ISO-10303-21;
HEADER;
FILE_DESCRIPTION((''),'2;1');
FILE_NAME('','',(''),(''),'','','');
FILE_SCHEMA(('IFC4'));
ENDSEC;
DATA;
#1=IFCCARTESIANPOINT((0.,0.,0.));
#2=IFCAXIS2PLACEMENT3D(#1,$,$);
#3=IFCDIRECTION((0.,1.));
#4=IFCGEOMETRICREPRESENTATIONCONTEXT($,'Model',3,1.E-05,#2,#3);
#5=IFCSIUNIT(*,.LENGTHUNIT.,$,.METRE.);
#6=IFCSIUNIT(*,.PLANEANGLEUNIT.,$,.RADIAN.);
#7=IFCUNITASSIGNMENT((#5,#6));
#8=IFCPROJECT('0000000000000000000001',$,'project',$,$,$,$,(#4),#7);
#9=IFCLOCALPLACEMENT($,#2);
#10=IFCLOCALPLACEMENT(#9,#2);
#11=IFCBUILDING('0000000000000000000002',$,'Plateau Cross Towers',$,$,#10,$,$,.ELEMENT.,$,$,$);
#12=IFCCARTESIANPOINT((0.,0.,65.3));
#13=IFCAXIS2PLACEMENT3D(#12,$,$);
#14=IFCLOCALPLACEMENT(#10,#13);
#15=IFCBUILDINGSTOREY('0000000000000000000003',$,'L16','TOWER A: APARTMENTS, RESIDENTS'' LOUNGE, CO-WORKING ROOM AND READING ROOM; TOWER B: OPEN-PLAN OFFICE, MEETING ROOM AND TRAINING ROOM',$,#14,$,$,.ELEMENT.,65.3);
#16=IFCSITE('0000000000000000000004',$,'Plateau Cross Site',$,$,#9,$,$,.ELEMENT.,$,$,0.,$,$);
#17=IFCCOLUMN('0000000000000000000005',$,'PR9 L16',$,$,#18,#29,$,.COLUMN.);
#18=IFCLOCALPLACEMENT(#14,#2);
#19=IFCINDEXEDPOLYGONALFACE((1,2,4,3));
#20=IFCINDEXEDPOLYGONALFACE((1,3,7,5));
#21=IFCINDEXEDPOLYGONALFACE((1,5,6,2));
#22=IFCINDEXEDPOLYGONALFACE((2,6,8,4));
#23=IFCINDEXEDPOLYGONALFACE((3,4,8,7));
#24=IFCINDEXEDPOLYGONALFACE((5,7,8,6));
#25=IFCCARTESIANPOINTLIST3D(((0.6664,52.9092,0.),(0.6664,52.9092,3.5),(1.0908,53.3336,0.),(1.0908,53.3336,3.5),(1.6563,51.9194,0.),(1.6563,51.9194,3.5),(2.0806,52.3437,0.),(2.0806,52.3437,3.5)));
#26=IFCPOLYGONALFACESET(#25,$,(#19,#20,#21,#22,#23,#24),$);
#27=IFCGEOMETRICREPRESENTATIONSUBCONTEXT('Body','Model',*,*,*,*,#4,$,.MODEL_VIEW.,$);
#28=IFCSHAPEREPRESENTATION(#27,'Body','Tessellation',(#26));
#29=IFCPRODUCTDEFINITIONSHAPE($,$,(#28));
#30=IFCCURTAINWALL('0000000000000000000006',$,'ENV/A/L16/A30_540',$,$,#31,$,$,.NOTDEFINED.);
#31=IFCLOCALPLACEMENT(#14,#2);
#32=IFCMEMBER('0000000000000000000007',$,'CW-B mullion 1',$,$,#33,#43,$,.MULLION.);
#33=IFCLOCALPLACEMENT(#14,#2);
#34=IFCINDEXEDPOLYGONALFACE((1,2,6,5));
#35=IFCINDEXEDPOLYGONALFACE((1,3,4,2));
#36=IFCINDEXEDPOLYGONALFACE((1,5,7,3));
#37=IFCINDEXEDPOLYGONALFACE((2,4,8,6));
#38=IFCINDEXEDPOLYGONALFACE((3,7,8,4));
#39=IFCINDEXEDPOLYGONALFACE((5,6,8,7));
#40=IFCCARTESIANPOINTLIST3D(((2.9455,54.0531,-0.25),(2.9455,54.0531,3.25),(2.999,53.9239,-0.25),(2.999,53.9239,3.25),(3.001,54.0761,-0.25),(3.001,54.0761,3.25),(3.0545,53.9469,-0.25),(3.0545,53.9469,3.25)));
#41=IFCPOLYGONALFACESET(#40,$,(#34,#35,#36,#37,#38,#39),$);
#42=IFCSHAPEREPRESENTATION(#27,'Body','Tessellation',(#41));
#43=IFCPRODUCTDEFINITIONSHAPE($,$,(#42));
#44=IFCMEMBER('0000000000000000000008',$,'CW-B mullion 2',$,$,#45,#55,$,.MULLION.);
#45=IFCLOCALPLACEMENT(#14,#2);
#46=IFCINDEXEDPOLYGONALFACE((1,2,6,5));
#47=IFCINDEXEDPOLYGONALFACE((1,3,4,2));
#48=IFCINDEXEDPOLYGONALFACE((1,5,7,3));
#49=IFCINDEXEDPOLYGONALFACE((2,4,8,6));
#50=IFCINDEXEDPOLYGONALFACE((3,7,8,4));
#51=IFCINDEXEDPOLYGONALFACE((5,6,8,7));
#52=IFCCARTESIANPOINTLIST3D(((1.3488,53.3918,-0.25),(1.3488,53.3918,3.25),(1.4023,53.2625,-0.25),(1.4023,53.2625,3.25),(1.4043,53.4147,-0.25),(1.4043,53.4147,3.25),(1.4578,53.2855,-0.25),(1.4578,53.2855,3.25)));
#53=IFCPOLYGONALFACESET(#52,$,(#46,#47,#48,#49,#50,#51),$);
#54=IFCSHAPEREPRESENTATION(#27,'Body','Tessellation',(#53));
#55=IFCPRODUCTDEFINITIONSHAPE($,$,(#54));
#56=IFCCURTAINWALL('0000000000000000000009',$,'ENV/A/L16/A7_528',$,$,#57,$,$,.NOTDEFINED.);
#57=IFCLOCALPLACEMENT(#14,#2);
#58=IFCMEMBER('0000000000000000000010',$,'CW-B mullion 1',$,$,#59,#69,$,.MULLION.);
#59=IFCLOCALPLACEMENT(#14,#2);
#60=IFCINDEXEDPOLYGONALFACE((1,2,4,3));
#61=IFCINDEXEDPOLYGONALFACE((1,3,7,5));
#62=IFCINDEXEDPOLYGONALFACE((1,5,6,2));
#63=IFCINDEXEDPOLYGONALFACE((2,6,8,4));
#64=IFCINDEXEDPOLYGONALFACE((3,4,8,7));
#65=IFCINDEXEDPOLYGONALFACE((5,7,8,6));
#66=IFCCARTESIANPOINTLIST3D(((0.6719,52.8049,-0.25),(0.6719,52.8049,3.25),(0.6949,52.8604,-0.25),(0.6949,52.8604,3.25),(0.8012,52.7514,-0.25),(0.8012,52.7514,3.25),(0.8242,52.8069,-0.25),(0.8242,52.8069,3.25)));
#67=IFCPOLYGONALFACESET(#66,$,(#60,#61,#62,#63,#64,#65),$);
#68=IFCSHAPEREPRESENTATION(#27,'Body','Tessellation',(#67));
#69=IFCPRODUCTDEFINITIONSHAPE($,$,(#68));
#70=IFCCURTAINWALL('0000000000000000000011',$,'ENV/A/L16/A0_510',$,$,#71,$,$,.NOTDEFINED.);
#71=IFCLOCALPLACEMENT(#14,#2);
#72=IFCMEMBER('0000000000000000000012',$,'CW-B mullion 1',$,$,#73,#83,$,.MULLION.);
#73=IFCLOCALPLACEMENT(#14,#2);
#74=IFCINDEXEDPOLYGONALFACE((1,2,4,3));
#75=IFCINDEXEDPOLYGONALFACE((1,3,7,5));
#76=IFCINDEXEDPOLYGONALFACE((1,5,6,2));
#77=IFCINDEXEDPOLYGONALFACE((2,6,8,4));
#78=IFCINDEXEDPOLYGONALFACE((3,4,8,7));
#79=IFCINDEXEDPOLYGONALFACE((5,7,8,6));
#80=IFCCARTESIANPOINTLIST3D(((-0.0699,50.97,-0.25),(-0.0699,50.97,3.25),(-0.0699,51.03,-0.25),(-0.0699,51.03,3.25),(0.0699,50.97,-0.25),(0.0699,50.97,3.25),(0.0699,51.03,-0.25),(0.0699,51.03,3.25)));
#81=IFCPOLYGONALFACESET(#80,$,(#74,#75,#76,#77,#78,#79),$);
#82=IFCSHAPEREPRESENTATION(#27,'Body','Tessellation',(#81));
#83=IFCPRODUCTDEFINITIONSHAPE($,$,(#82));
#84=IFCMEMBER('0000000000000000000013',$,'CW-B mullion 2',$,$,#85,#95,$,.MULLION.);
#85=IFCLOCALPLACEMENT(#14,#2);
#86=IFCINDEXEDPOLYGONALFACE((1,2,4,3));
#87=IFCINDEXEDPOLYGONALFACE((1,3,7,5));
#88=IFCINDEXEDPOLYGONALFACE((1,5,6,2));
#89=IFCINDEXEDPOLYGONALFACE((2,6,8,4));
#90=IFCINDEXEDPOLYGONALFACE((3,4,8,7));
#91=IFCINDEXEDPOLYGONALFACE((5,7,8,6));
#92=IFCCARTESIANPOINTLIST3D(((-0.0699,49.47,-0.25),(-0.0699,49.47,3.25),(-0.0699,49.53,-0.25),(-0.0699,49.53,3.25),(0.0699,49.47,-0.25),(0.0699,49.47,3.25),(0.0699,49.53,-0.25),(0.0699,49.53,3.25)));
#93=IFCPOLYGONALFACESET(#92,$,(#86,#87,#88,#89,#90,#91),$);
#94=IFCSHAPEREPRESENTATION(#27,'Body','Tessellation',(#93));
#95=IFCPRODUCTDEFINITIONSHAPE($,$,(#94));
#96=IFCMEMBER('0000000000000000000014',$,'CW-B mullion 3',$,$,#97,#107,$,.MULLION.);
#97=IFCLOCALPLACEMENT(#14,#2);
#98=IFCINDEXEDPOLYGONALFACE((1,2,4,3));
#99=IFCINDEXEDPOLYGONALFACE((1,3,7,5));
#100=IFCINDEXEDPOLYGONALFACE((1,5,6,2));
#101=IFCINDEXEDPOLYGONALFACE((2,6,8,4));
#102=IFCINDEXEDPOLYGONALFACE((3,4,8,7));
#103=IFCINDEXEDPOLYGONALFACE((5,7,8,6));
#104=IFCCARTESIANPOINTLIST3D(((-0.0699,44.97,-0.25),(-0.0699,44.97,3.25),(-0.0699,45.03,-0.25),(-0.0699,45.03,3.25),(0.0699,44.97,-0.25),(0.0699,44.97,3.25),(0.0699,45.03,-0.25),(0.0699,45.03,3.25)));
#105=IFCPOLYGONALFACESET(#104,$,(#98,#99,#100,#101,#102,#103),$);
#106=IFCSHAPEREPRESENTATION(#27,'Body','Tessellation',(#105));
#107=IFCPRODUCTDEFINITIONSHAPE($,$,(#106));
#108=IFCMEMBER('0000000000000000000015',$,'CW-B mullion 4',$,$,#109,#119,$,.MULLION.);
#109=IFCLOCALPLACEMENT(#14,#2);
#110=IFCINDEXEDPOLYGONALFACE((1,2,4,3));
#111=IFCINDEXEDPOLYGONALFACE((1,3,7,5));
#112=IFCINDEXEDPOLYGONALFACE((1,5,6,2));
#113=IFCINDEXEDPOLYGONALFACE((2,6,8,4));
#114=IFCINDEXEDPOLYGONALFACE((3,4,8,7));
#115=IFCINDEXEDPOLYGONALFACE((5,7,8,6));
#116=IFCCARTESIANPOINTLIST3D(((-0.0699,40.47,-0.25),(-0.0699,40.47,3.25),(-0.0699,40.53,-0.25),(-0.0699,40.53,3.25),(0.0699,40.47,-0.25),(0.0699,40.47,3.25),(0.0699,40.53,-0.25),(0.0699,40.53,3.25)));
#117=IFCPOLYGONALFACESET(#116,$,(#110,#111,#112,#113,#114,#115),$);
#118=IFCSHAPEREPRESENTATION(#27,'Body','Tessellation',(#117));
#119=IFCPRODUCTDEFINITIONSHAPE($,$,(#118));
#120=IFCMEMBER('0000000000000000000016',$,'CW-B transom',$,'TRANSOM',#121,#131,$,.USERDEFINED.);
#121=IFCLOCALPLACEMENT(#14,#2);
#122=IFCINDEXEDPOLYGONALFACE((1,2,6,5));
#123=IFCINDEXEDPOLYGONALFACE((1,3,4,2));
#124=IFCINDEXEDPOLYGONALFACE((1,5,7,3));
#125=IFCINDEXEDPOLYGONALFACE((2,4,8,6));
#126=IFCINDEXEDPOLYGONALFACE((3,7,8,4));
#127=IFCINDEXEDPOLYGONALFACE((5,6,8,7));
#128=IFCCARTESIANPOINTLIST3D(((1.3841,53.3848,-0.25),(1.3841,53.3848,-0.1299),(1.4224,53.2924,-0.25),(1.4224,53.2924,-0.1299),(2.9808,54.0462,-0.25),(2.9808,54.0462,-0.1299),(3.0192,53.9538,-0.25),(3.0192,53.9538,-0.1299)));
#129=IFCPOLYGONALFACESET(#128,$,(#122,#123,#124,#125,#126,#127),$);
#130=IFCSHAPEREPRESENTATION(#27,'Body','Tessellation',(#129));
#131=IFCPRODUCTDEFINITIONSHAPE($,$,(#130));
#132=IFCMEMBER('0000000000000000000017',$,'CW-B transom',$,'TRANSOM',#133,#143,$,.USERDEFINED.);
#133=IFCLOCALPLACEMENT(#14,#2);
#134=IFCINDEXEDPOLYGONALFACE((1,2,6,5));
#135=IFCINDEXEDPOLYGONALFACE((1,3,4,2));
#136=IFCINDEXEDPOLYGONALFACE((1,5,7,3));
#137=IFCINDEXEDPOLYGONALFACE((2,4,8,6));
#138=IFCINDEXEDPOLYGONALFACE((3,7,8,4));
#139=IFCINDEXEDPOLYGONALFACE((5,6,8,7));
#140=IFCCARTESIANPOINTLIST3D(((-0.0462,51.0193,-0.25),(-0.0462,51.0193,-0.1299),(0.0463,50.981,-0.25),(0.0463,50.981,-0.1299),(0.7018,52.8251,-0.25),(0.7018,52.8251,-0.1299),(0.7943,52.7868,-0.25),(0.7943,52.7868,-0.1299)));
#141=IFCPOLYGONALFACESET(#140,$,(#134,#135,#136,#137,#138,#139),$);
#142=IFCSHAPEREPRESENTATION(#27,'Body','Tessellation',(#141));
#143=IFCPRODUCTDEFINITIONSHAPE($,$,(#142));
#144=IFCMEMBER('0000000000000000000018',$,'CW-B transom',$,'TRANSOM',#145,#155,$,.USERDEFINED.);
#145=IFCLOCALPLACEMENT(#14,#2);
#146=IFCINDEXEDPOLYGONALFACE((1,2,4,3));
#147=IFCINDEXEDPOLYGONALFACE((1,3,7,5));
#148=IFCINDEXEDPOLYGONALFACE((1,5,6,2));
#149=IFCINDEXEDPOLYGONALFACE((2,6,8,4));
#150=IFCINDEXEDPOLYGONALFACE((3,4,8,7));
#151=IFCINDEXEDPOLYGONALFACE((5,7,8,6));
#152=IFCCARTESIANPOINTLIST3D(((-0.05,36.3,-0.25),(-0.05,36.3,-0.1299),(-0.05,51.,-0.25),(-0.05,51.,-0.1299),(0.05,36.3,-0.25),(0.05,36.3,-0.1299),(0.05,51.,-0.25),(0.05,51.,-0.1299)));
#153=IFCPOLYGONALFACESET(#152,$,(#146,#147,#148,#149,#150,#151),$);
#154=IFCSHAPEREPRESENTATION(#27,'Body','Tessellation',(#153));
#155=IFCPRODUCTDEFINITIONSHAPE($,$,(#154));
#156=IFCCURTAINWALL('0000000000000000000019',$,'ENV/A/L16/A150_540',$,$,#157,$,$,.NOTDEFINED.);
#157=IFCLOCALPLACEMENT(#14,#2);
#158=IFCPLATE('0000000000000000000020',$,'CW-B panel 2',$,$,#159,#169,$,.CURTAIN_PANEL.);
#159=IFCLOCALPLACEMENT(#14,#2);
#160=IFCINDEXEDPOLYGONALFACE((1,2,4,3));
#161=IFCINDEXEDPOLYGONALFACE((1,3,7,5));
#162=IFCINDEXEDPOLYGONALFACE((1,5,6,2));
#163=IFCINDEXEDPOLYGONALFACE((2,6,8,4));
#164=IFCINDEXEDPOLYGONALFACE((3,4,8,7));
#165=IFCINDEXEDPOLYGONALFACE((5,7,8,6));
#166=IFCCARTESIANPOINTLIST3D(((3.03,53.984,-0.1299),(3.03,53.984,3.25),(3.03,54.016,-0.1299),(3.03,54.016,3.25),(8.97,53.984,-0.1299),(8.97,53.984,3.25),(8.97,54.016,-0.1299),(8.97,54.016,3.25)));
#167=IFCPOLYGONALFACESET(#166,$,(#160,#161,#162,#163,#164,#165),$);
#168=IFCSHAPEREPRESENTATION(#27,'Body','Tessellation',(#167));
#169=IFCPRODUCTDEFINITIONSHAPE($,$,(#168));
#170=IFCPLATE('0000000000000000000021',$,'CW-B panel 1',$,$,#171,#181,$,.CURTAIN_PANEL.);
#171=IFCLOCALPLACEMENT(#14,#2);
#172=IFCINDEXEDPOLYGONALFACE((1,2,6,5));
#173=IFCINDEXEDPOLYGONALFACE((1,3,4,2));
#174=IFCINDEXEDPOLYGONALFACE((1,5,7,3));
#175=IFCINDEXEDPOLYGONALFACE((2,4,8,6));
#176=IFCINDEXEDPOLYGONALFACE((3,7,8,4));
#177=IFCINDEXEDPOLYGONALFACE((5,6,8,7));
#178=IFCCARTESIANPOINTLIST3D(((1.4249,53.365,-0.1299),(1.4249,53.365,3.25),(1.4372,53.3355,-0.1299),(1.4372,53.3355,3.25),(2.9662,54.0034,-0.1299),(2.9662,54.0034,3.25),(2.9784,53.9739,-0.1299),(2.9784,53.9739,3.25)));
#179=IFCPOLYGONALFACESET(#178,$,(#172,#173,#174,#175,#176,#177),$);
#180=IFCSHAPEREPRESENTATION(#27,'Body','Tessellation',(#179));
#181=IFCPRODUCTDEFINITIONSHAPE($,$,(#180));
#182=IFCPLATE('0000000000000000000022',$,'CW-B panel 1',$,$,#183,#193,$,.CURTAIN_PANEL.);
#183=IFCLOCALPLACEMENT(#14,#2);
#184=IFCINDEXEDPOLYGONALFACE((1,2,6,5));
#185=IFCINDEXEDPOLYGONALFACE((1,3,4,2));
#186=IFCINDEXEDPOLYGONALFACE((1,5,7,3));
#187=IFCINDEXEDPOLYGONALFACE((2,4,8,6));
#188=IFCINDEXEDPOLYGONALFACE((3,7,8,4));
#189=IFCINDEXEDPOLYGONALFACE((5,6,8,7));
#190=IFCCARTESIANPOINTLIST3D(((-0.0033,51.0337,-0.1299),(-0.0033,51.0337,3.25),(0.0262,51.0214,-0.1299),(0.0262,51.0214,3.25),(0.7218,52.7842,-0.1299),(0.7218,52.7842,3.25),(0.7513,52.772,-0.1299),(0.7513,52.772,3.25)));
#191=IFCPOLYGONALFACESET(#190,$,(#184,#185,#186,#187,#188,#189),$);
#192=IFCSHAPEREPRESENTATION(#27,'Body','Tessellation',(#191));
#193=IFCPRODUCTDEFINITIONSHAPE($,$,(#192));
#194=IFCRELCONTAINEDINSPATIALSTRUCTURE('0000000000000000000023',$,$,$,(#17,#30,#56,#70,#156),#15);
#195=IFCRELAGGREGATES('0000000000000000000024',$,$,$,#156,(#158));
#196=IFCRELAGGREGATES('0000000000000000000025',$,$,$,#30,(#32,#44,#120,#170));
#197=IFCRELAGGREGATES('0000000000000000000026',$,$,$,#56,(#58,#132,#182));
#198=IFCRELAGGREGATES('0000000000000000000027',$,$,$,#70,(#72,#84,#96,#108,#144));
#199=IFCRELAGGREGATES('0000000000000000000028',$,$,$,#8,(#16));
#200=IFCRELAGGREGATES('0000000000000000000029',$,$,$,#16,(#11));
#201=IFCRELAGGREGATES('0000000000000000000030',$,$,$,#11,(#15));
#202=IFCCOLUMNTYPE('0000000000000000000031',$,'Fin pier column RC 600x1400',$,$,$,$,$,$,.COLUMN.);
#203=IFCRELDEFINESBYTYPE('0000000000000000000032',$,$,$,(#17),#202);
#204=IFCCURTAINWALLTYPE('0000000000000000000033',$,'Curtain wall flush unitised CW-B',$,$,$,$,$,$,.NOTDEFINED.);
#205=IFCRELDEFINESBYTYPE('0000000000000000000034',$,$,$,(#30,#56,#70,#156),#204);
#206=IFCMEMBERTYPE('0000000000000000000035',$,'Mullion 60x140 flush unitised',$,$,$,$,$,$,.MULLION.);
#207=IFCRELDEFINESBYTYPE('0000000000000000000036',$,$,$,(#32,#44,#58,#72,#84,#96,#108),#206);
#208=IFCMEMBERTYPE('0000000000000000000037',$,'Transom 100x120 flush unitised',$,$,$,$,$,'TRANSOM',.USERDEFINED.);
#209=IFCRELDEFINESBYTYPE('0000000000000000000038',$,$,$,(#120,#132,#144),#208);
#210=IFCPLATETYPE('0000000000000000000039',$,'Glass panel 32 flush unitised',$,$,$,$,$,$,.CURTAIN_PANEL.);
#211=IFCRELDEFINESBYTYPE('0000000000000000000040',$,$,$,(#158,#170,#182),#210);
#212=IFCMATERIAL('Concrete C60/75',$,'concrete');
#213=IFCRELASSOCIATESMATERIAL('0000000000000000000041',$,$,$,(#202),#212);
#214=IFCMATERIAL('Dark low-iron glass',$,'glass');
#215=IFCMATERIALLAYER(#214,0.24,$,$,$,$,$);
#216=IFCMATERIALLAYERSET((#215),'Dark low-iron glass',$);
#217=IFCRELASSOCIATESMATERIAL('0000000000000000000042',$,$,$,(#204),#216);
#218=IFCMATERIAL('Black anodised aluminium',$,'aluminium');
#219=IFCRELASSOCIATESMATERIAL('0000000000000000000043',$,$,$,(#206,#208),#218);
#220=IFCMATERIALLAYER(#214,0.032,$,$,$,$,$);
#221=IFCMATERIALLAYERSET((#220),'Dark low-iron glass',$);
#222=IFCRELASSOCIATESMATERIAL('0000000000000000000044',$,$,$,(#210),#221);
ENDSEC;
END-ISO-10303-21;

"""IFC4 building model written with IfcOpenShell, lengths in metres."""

from ifc_helpers import new_model, si_unit, direction, frame, origin, origin_2d, place, context, subcontext, project, spatial, rectangle, extrude, material, layer, layer_set, material_profile, profile_set, type_object, element, aggregate, save


model = new_model("IFC4")

# Units and contexts
model_context = context("Model", 3, precision=1e-05, world=origin(), true_north=direction((0.0, 1.0)))
body_context = subcontext(model_context, "Body", "Model", "MODEL_VIEW")
ifc_project = project(units=[si_unit("LENGTHUNIT", "METRE"), si_unit("PLANEANGLEUNIT", "RADIAN")], contexts=[model_context])

# Site, building, storey
site_placement = place(None, origin())
site = spatial("IfcSite", under=ifc_project, at=site_placement, Name="Plateau Cross Site", CompositionType="ELEMENT", RefElevation=0.0)
building_placement = place(site_placement, origin())
building = spatial("IfcBuilding", under=site, at=building_placement, Name="Plateau Cross Towers", CompositionType="ELEMENT")
storey_placement = place(building_placement, frame((0.0, 0.0, 65.3)))
storey = spatial("IfcBuildingStorey", under=building, at=storey_placement, Name="L16", Description="TOWER A: APARTMENTS, RESIDENTS' LOUNGE, CO-WORKING ROOM AND READING ROOM; TOWER B: OPEN-PLAN OFFICE, MEETING ROOM AND TRAINING ROOM", CompositionType="ELEMENT", Elevation=65.3)

# Column
ifc_material_1 = material(Name="Concrete C60/75", Category="concrete")
ifc_material_profile_1 = material_profile(ifc_material_1, rectangle(XDim=0.6001, YDim=1.3999, at=origin_2d()), Name="RC 600x1400")
ifc_profile_set_1 = profile_set([ifc_material_profile_1], Name="Concrete C60/75")
column_type = type_object("IfcColumnType", Name="Fin pier column RC 600x1400", PredefinedType="COLUMN", material=ifc_profile_set_1)
column_placement = place(storey_placement, frame((1.3735, 52.6265, 0.0), z_axis=(0.0, 0.0, 1.0), x_axis=(0.707107, 0.707107, 0.0)))
element("IfcColumn", 1, at=column_placement, inside=storey, type_object=column_type, Name="PR9 L16", PredefinedType="COLUMN", context=body_context, shape_type="SweptSolid", body=[
    extrude(rectangle(XDim=0.6001, YDim=1.3999, at=origin_2d()), origin(), (0.0, 0.0, 1.0), 3.5),
])

# Curtain wall, members
ifc_material_2 = material(Name="Dark low-iron glass", Category="glass")
ifc_layer_1 = layer(ifc_material_2, 0.24)
ifc_layer_set_1 = layer_set([ifc_layer_1], Name="Dark low-iron glass")
curtain_wall_type = type_object("IfcCurtainWallType", Name="Curtain wall flush unitised CW-B", PredefinedType="NOTDEFINED", material=ifc_layer_set_1)
curtain_wall_1_placement = place(storey_placement, origin())
curtain_wall_1 = element("IfcCurtainWall", 2, at=curtain_wall_1_placement, inside=storey, type_object=curtain_wall_type, Name="ENV/A/L16/A30_540", PredefinedType="NOTDEFINED")
ifc_material_3 = material(Name="Black anodised aluminium", Category="aluminium")
ifc_material_profile_2 = material_profile(ifc_material_3, rectangle(XDim=0.0601, YDim=0.1399, at=origin_2d()), Name="MULLION 60x140")
ifc_profile_set_2 = profile_set([ifc_material_profile_2], Name="Black anodised aluminium")
member_type_1 = type_object("IfcMemberType", Name="Mullion 60x140 flush unitised", PredefinedType="MULLION", material=ifc_profile_set_2)
member_1_placement = place(storey_placement, frame((3.0, 54.0, -0.25), z_axis=(0.0, 0.0, 1.0), x_axis=(-0.923879, -0.382684, 0.0)))
member_1 = element("IfcMember", 3, at=member_1_placement, type_object=member_type_1, Name="CW-B mullion 1", PredefinedType="MULLION", context=body_context, shape_type="SweptSolid", body=[
    extrude(rectangle(XDim=0.0601, YDim=0.1399, at=origin_2d()), origin(), (0.0, 0.0, 1.0), 3.5),
])
member_2_placement = place(storey_placement, frame((1.4033, 53.3386, -0.25), z_axis=(0.0, 0.0, 1.0), x_axis=(-0.923879, -0.382684, 0.0)))
member_2 = element("IfcMember", 4, at=member_2_placement, type_object=member_type_1, Name="CW-B mullion 2", PredefinedType="MULLION", context=body_context, shape_type="SweptSolid", body=[
    extrude(rectangle(XDim=0.0601, YDim=0.1399, at=origin_2d()), origin(), (0.0, 0.0, 1.0), 3.5),
])

# Curtain wall, member
curtain_wall_2_placement = place(storey_placement, origin())
curtain_wall_2 = element("IfcCurtainWall", 5, at=curtain_wall_2_placement, inside=storey, type_object=curtain_wall_type, Name="ENV/A/L16/A7_528", PredefinedType="NOTDEFINED")
member_3_placement = place(storey_placement, frame((0.748, 52.8059, -0.25), z_axis=(0.0, 0.0, 1.0), x_axis=(-0.382684, -0.923879, 0.0)))
member_3 = element("IfcMember", 6, at=member_3_placement, type_object=member_type_1, Name="CW-B mullion 1", PredefinedType="MULLION", context=body_context, shape_type="SweptSolid", body=[
    extrude(rectangle(XDim=0.0601, YDim=0.1399, at=origin_2d()), origin(), (0.0, 0.0, 1.0), 3.5),
])

# Curtain wall, members
curtain_wall_3_placement = place(storey_placement, origin())
curtain_wall_3 = element("IfcCurtainWall", 7, at=curtain_wall_3_placement, inside=storey, type_object=curtain_wall_type, Name="ENV/A/L16/A0_510", PredefinedType="NOTDEFINED")
member_4_placement = place(storey_placement, frame((0.0, 51.0, -0.25), z_axis=(0.0, 0.0, 1.0), x_axis=(0.0, -1.0, 0.0)))
member_4 = element("IfcMember", 8, at=member_4_placement, type_object=member_type_1, Name="CW-B mullion 1", PredefinedType="MULLION", context=body_context, shape_type="SweptSolid", body=[
    extrude(rectangle(XDim=0.0601, YDim=0.1399, at=origin_2d()), origin(), (0.0, 0.0, 1.0), 3.5),
])
member_5_placement = place(storey_placement, frame((0.0, 49.5, -0.25), z_axis=(0.0, 0.0, 1.0), x_axis=(0.0, -1.0, 0.0)))
member_5 = element("IfcMember", 9, at=member_5_placement, type_object=member_type_1, Name="CW-B mullion 2", PredefinedType="MULLION", context=body_context, shape_type="SweptSolid", body=[
    extrude(rectangle(XDim=0.0601, YDim=0.1399, at=origin_2d()), origin(), (0.0, 0.0, 1.0), 3.5),
])
member_6_placement = place(storey_placement, frame((0.0, 45.0, -0.25), z_axis=(0.0, 0.0, 1.0), x_axis=(0.0, -1.0, 0.0)))
member_6 = element("IfcMember", 10, at=member_6_placement, type_object=member_type_1, Name="CW-B mullion 3", PredefinedType="MULLION", context=body_context, shape_type="SweptSolid", body=[
    extrude(rectangle(XDim=0.0601, YDim=0.1399, at=origin_2d()), origin(), (0.0, 0.0, 1.0), 3.5),
])
member_7_placement = place(storey_placement, frame((0.0, 40.5, -0.25), z_axis=(0.0, 0.0, 1.0), x_axis=(0.0, -1.0, 0.0)))
member_7 = element("IfcMember", 11, at=member_7_placement, type_object=member_type_1, Name="CW-B mullion 4", PredefinedType="MULLION", context=body_context, shape_type="SweptSolid", body=[
    extrude(rectangle(XDim=0.0601, YDim=0.1399, at=origin_2d()), origin(), (0.0, 0.0, 1.0), 3.5),
])

# Members
ifc_material_profile_3 = material_profile(ifc_material_3, rectangle(XDim=0.1001, YDim=0.1201, at=origin_2d()), Name="TRANSOM 100x120")
ifc_profile_set_3 = profile_set([ifc_material_profile_3], Name="Black anodised aluminium")
member_type_2 = type_object("IfcMemberType", Name="Transom 100x120 flush unitised", ElementType="TRANSOM", PredefinedType="USERDEFINED", material=ifc_profile_set_3)
member_8_placement = place(storey_placement, frame((3.0, 54.0, -0.1899), z_axis=(-0.923877, -0.382689, 0.0), x_axis=(0.382689, -0.923877, 0.0)))
member_8 = element("IfcMember", 12, at=member_8_placement, type_object=member_type_2, Name="CW-B transom", ObjectType="TRANSOM", PredefinedType="USERDEFINED", context=body_context, shape_type="SweptSolid", body=[
    extrude(rectangle(XDim=0.1001, YDim=0.1201, at=origin_2d()), origin(), (0.0, 0.0, 1.0), 1.7283),
])
member_9_placement = place(storey_placement, frame((0.748, 52.8059, -0.1899), z_axis=(-0.38269, -0.923877, 0.0), x_axis=(0.923877, -0.38269, 0.0)))
member_9 = element("IfcMember", 13, at=member_9_placement, type_object=member_type_2, Name="CW-B transom", ObjectType="TRANSOM", PredefinedType="USERDEFINED", context=body_context, shape_type="SweptSolid", body=[
    extrude(rectangle(XDim=0.1001, YDim=0.1201, at=origin_2d()), origin(), (0.0, 0.0, 1.0), 1.9546),
])
member_10_placement = place(storey_placement, frame((0.0, 51.0, -0.1899), z_axis=(0.0, -1.0, 0.0), x_axis=(1.0, 0.0, 0.0)))
member_10 = element("IfcMember", 14, at=member_10_placement, type_object=member_type_2, Name="CW-B transom", ObjectType="TRANSOM", PredefinedType="USERDEFINED", context=body_context, shape_type="SweptSolid", body=[
    extrude(rectangle(XDim=0.1001, YDim=0.1201, at=origin_2d()), origin(), (0.0, 0.0, 1.0), 14.7),
])

# Curtain wall, plate
curtain_wall_4_placement = place(storey_placement, origin())
curtain_wall_4 = element("IfcCurtainWall", 15, at=curtain_wall_4_placement, inside=storey, type_object=curtain_wall_type, Name="ENV/A/L16/A150_540", PredefinedType="NOTDEFINED")
ifc_layer_2 = layer(ifc_material_2, 0.032)
ifc_layer_set_2 = layer_set([ifc_layer_2], Name="Dark low-iron glass")
plate_type = type_object("IfcPlateType", Name="Glass panel 32 flush unitised", PredefinedType="CURTAIN_PANEL", material=ifc_layer_set_2)
plate_1_placement = place(storey_placement, frame((6.0, 54.0, -0.1299), z_axis=(0.0, 0.0, 1.0), x_axis=(-1.0, 0.0, 0.0)))
plate_1 = element("IfcPlate", 16, at=plate_1_placement, type_object=plate_type, Name="CW-B panel 2", PredefinedType="CURTAIN_PANEL", context=body_context, shape_type="SweptSolid", body=[
    extrude(rectangle(XDim=5.9399, YDim=0.032, at=origin_2d()), origin(), (0.0, 0.0, 1.0), 3.3799),
])
aggregate(curtain_wall_4, [plate_1])

# Plates
plate_2_placement = place(storey_placement, frame((2.2017, 53.6694, -0.1299), z_axis=(0.0, 0.0, 1.0), x_axis=(-0.923879, -0.382684, 0.0)))
plate_2 = element("IfcPlate", 17, at=plate_2_placement, type_object=plate_type, Name="CW-B panel 1", PredefinedType="CURTAIN_PANEL", context=body_context, shape_type="SweptSolid", body=[
    extrude(rectangle(XDim=1.6682, YDim=0.032, at=origin_2d()), origin(), (0.0, 0.0, 1.0), 3.3799),
])
aggregate(curtain_wall_1, [member_1, member_2, member_8, plate_2])
plate_3_placement = place(storey_placement, frame((0.374, 51.9028, -0.1299), z_axis=(0.0, 0.0, 1.0), x_axis=(-0.382684, -0.923879, 0.0)))
plate_3 = element("IfcPlate", 18, at=plate_3_placement, type_object=plate_type, Name="CW-B panel 1", PredefinedType="CURTAIN_PANEL", context=body_context, shape_type="SweptSolid", body=[
    extrude(rectangle(XDim=1.8948, YDim=0.032, at=origin_2d()), origin(), (0.0, 0.0, 1.0), 3.3799),
])
aggregate(curtain_wall_2, [member_3, member_9, plate_3])
aggregate(curtain_wall_3, [member_4, member_5, member_6, member_7, member_10])

save(model, "model.ifc")
